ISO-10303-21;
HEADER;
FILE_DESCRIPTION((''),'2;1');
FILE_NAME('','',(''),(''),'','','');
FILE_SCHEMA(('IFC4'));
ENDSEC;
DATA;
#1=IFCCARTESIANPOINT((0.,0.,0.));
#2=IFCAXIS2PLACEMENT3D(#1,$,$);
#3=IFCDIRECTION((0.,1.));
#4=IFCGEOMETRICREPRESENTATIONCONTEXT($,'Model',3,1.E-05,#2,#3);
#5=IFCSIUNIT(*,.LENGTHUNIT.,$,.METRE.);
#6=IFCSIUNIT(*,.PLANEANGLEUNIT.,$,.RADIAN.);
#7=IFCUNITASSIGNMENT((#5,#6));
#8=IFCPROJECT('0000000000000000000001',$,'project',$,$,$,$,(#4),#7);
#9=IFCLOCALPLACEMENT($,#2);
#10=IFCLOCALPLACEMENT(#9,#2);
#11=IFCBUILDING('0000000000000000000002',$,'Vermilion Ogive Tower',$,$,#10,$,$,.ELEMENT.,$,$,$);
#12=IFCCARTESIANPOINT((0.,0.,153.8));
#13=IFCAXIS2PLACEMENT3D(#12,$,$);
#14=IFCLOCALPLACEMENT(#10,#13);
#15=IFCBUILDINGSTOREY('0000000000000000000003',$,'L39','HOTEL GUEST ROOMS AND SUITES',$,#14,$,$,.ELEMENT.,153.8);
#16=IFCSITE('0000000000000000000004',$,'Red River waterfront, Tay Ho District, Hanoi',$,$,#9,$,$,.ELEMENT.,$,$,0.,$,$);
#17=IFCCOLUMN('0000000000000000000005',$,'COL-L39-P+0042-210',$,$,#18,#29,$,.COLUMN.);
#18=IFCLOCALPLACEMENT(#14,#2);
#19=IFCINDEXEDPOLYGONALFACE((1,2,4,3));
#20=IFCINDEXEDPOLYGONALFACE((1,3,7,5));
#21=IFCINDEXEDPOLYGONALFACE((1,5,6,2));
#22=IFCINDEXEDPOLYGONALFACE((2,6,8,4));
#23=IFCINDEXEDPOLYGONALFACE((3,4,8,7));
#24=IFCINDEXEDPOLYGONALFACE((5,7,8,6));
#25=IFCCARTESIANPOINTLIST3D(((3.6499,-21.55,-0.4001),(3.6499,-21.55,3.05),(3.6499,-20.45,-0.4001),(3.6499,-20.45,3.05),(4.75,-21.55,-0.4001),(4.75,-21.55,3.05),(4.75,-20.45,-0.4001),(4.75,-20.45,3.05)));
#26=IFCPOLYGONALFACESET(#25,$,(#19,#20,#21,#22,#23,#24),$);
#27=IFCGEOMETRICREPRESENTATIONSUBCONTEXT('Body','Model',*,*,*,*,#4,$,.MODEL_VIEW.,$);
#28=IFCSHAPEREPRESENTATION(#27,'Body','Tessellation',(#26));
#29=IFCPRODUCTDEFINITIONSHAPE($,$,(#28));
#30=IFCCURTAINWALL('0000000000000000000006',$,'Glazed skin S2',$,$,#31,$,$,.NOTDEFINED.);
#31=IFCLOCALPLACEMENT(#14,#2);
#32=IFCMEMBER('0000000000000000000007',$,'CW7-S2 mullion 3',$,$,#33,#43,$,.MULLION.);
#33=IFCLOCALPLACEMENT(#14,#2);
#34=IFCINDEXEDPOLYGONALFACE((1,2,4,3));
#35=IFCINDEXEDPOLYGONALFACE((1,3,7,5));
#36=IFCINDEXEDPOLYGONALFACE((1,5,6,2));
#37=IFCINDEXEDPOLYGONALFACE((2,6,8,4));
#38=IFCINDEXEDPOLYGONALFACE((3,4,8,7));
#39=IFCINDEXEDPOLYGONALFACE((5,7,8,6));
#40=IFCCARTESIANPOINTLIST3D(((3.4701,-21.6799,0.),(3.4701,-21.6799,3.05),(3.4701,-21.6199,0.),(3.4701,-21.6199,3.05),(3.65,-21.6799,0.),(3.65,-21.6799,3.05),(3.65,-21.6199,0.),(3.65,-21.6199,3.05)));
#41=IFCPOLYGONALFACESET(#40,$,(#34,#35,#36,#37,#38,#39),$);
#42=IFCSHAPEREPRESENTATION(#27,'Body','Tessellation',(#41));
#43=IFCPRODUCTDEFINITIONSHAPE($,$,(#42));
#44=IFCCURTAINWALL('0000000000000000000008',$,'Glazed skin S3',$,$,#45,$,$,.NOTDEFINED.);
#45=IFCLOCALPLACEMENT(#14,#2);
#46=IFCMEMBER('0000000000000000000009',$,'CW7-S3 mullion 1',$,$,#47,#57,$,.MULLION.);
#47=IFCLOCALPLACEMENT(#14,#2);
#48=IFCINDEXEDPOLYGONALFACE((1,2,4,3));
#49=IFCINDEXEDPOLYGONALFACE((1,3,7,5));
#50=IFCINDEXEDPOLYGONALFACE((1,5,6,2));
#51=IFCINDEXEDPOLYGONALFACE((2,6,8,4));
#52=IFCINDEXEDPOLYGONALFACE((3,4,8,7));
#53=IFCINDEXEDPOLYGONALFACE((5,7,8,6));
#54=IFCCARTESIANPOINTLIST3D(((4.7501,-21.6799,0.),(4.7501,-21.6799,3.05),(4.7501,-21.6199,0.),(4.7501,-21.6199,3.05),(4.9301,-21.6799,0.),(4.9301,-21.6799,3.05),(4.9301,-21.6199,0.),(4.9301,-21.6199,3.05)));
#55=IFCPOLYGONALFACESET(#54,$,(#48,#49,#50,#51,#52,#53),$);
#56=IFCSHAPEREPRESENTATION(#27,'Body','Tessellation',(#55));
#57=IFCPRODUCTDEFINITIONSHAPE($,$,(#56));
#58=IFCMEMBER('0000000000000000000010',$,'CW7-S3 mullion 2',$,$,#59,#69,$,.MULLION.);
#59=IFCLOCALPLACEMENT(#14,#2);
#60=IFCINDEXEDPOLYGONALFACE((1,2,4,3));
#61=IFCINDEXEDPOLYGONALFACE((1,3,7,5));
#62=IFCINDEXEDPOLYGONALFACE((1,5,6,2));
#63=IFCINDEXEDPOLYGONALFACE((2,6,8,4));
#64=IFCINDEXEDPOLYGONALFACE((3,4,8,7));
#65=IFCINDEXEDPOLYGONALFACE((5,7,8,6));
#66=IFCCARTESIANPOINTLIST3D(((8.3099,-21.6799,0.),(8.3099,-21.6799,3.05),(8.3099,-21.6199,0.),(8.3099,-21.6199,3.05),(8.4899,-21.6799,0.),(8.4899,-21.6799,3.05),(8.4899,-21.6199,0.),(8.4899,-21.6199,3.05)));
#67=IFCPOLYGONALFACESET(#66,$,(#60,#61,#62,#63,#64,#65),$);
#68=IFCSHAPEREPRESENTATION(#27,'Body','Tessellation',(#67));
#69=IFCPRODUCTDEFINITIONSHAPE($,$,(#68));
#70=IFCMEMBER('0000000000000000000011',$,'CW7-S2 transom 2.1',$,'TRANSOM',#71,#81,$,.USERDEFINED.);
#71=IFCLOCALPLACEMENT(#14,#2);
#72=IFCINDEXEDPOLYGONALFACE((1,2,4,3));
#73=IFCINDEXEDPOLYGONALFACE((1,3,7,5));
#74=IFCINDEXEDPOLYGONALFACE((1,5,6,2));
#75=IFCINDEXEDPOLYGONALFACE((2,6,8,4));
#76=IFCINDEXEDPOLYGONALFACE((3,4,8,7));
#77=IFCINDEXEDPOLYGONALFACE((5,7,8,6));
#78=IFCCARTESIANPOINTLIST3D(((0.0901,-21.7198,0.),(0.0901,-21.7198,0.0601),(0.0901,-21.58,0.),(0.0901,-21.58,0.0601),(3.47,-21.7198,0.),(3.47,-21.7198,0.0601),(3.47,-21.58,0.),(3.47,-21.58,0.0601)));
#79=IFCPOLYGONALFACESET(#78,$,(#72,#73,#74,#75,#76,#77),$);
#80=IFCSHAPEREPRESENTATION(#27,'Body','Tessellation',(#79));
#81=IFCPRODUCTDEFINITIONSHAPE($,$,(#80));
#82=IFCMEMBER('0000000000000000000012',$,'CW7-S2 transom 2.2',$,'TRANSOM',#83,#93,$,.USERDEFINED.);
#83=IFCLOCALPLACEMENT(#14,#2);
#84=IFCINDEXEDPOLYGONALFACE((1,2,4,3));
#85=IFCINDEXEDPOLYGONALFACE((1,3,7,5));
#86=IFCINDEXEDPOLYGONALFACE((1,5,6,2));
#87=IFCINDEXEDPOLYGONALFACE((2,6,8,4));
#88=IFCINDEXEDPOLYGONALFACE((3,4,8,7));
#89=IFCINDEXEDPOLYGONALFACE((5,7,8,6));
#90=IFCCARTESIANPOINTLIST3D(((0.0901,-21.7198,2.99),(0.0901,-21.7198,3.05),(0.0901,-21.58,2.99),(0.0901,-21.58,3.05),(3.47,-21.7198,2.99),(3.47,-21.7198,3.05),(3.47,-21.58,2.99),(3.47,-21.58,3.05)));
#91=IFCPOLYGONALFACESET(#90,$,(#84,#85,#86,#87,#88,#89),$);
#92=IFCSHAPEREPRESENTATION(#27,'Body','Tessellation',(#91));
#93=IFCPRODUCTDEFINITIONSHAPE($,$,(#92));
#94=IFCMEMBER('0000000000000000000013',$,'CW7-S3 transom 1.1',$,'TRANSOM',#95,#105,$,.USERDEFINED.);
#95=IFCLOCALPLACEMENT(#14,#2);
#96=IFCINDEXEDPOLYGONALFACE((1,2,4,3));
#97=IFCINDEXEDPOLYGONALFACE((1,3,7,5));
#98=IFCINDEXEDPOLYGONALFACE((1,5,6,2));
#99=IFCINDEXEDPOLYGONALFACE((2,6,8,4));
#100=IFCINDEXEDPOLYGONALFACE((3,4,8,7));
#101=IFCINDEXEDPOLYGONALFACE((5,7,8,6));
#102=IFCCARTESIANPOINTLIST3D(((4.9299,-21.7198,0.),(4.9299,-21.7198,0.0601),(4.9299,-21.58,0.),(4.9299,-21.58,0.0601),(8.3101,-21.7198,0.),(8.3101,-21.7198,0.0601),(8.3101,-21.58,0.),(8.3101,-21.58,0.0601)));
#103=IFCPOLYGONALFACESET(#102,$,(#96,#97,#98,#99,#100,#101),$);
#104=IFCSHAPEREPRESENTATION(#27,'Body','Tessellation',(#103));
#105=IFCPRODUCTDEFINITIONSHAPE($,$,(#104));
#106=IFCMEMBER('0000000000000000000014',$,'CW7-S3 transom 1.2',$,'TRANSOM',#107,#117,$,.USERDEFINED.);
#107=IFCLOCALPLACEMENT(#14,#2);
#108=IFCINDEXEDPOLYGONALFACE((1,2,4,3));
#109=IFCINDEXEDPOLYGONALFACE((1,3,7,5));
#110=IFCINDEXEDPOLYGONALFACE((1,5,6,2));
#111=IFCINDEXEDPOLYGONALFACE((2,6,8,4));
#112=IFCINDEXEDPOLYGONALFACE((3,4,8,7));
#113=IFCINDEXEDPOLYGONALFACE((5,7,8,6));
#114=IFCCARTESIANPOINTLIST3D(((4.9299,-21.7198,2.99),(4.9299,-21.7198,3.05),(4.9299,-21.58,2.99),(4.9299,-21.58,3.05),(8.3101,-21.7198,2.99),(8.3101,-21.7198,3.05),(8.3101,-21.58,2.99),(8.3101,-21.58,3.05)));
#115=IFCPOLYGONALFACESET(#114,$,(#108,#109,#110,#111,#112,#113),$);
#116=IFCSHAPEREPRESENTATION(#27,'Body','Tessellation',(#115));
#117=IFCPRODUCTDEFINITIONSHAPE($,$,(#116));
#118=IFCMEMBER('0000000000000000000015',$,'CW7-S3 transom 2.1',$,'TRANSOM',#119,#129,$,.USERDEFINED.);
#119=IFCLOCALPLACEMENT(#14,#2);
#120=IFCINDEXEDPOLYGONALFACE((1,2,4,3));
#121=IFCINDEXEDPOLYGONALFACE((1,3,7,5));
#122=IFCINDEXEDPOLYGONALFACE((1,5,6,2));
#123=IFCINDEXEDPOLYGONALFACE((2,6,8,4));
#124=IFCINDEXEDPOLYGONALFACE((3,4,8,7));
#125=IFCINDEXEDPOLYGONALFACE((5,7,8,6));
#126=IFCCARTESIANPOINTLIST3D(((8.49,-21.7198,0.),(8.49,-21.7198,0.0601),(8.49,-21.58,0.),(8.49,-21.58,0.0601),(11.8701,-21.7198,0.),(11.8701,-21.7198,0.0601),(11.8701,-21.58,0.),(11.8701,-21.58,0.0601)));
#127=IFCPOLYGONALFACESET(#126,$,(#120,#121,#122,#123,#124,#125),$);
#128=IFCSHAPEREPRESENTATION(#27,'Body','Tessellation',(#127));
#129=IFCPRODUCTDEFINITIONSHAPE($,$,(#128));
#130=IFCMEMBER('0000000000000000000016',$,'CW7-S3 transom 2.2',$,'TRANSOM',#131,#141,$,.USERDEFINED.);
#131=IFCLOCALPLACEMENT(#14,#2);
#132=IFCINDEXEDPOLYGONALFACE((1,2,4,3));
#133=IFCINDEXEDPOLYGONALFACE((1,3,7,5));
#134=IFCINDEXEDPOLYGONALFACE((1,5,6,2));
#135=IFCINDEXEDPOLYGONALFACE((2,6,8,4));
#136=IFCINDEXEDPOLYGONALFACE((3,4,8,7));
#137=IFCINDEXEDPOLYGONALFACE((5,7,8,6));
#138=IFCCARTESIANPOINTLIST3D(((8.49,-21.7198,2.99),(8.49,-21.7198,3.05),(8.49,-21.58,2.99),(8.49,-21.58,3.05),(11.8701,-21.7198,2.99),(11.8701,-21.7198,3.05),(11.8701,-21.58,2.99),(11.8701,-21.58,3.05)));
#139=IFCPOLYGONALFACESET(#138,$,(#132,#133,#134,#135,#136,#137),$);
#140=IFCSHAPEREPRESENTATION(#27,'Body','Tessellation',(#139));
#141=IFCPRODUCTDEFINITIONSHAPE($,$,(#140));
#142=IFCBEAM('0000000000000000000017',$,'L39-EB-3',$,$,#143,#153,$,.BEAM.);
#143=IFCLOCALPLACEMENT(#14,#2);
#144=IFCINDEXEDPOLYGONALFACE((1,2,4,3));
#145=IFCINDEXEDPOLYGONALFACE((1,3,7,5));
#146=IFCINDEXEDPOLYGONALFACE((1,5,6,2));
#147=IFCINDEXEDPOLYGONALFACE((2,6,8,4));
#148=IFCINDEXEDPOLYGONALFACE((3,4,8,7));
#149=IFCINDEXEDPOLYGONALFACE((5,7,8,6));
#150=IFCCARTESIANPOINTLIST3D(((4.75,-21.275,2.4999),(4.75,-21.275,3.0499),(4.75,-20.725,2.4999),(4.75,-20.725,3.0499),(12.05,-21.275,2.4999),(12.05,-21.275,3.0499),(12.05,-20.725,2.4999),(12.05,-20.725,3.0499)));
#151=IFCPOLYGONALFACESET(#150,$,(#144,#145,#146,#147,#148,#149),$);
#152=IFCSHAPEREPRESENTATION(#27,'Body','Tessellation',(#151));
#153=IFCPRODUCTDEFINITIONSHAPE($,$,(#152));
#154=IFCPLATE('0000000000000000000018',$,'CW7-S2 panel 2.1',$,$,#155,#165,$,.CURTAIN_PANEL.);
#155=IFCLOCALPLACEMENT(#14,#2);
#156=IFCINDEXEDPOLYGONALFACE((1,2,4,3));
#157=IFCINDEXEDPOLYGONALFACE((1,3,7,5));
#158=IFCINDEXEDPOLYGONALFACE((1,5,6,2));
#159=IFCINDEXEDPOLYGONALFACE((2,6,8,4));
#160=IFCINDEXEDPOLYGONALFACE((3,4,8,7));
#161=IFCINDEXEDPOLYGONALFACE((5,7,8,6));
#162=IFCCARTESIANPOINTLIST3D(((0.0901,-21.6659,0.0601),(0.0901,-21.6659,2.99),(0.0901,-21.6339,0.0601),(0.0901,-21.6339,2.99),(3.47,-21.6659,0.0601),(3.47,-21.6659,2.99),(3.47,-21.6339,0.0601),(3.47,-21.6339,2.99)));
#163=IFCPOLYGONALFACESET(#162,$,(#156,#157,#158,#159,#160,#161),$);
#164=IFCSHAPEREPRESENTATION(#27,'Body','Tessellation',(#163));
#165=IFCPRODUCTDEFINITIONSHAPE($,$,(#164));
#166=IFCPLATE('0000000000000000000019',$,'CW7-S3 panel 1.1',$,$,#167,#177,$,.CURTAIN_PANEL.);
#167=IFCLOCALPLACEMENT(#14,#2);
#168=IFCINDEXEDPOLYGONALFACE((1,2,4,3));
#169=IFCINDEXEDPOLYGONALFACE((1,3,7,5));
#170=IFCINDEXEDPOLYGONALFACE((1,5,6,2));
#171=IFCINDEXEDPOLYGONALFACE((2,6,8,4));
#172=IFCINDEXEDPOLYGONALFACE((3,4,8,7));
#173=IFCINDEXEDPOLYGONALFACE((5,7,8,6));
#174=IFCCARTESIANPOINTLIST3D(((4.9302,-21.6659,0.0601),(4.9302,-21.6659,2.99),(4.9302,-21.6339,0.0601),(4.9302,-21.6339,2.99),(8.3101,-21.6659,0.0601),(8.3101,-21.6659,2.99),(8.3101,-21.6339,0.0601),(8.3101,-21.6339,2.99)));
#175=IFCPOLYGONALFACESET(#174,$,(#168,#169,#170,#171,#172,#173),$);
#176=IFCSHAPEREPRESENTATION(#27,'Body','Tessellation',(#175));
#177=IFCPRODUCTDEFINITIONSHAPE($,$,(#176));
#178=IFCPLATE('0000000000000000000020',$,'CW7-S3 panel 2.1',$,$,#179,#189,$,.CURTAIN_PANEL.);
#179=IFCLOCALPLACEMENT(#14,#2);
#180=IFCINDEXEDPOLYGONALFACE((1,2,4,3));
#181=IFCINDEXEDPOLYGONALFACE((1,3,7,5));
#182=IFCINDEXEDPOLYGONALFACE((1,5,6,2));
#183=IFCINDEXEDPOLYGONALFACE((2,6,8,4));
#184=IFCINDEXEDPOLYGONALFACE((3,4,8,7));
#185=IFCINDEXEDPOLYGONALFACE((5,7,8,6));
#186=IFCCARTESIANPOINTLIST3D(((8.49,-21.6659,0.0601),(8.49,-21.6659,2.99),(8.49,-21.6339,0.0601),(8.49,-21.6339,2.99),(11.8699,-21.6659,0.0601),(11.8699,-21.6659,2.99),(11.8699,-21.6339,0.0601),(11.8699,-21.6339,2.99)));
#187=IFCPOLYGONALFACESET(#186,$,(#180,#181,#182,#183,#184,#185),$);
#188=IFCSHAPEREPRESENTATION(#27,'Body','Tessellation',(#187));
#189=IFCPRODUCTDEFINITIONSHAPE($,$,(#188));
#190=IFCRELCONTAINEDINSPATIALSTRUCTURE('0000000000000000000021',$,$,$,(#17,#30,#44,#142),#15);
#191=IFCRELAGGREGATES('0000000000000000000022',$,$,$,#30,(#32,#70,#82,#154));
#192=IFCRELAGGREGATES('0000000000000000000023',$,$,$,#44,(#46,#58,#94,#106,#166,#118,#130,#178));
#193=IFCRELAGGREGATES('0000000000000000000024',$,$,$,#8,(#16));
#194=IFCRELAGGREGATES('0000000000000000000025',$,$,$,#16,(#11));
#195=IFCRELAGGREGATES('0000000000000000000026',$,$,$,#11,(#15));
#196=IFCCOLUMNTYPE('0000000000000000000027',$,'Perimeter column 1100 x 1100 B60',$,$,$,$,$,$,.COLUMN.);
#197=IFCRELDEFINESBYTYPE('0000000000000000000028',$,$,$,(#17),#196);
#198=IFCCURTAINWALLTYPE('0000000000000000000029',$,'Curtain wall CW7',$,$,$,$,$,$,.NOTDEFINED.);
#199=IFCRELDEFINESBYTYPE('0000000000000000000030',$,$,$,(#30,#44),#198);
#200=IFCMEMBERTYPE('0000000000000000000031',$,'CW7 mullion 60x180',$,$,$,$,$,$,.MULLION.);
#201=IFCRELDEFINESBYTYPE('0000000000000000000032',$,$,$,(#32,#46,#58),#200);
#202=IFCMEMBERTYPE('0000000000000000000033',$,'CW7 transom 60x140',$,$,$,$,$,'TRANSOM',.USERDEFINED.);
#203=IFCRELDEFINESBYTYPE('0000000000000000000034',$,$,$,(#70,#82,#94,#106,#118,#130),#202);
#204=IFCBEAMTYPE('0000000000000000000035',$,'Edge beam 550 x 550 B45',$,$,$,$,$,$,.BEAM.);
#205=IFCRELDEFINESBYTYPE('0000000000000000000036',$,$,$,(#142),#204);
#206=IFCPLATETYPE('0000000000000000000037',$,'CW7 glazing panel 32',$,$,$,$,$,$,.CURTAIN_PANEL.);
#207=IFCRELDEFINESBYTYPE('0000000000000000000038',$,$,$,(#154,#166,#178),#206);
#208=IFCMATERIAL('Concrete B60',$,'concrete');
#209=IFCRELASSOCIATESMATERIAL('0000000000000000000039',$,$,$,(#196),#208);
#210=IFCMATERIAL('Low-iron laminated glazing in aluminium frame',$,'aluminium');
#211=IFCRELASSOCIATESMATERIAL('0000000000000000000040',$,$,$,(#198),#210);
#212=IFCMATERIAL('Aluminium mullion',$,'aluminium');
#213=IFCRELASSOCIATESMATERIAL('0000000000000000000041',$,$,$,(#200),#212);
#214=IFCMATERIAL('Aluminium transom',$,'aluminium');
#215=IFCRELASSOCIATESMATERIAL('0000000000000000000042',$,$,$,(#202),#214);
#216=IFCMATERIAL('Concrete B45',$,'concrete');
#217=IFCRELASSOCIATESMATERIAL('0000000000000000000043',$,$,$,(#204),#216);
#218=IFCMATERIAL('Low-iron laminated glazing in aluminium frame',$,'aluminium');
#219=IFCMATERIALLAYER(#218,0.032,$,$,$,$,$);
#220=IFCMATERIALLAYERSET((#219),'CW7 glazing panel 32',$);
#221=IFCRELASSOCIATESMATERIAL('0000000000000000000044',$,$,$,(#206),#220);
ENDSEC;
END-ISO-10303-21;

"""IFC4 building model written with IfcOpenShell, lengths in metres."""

from ifc_helpers import new_model, si_unit, direction, frame, origin, origin_2d, place, context, subcontext, project, spatial, rectangle, extrude, material, layer, layer_set, material_profile, profile_set, type_object, element, aggregate, save


model = new_model("IFC4")

# Units and contexts
model_context = context("Model", 3, precision=1e-05, world=origin(), true_north=direction((0.0, 1.0)))
body_context = subcontext(model_context, "Body", "Model", "MODEL_VIEW")
ifc_project = project(units=[si_unit("LENGTHUNIT", "METRE"), si_unit("PLANEANGLEUNIT", "RADIAN")], contexts=[model_context])

# Site, building, storey
site_placement = place(None, origin())
site = spatial("IfcSite", under=ifc_project, at=site_placement, Name="Red River waterfront, Tay Ho District, Hanoi", CompositionType="ELEMENT", RefElevation=0.0)
building_placement = place(site_placement, origin())
building = spatial("IfcBuilding", under=site, at=building_placement, Name="Vermilion Ogive Tower", CompositionType="ELEMENT")
storey_placement = place(building_placement, frame((0.0, 0.0, 153.8)))
storey = spatial("IfcBuildingStorey", under=building, at=storey_placement, Name="L39", Description="HOTEL GUEST ROOMS AND SUITES", CompositionType="ELEMENT", Elevation=153.8)

# Column
ifc_material_1 = material(Name="Concrete B60", Category="concrete")
ifc_material_profile_1 = material_profile(ifc_material_1, rectangle(XDim=1.1001, YDim=1.1001, at=origin_2d()), Name="1100 x 1100")
ifc_profile_set_1 = profile_set([ifc_material_profile_1], Name="Concrete B60")
column_type = type_object("IfcColumnType", Name="Perimeter column 1100 x 1100 B60", PredefinedType="COLUMN", material=ifc_profile_set_1)
column_placement = place(storey_placement, frame((4.2, -21.0, -0.4001), z_axis=(0.0, 0.0, 1.0), x_axis=(1.0, 0.0, 0.0)))
element("IfcColumn", 1, at=column_placement, inside=storey, type_object=column_type, Name="COL-L39-P+0042-210", PredefinedType="COLUMN", context=body_context, shape_type="SweptSolid", body=[
    extrude(rectangle(XDim=1.1001, YDim=1.1001, at=origin_2d()), origin(), (0.0, 0.0, 1.0), 3.4502),
])

# Curtain wall, member
ifc_material_2 = material(Name="Low-iron laminated glazing in aluminium frame", Category="aluminium")
curtain_wall_type = type_object("IfcCurtainWallType", Name="Curtain wall CW7", PredefinedType="NOTDEFINED", material=ifc_material_2)
curtain_wall_1_placement = place(storey_placement, origin())
curtain_wall_1 = element("IfcCurtainWall", 2, at=curtain_wall_1_placement, inside=storey, type_object=curtain_wall_type, Name="Glazed skin S2", PredefinedType="NOTDEFINED")
ifc_material_3 = material(Name="Aluminium mullion", Category="aluminium")
ifc_material_profile_2 = material_profile(ifc_material_3, rectangle(XDim=0.0601, YDim=0.1799, at=origin_2d()), Name="AL 60x180")
ifc_profile_set_2 = profile_set([ifc_material_profile_2], Name="Aluminium mullion")
member_type_1 = type_object("IfcMemberType", Name="CW7 mullion 60x180", PredefinedType="MULLION", material=ifc_profile_set_2)
member_1_placement = place(storey_placement, frame((3.5601, -21.6499, 0.0), z_axis=(0.0, 0.0, 1.0), x_axis=(0.0, 1.0, 0.0)))
member_1 = element("IfcMember", 3, at=member_1_placement, type_object=member_type_1, Name="CW7-S2 mullion 3", PredefinedType="MULLION", context=body_context, shape_type="SweptSolid", body=[
    extrude(rectangle(XDim=0.0601, YDim=0.1799, at=origin_2d()), origin(), (0.0, 0.0, 1.0), 3.05),
])

# Curtain wall, members
curtain_wall_2_placement = place(storey_placement, origin())
curtain_wall_2 = element("IfcCurtainWall", 4, at=curtain_wall_2_placement, inside=storey, type_object=curtain_wall_type, Name="Glazed skin S3", PredefinedType="NOTDEFINED")
member_2_placement = place(storey_placement, frame((4.8401, -21.6499, 0.0), z_axis=(0.0, 0.0, 1.0), x_axis=(0.0, 1.0, 0.0)))
member_2 = element("IfcMember", 5, at=member_2_placement, type_object=member_type_1, Name="CW7-S3 mullion 1", PredefinedType="MULLION", context=body_context, shape_type="SweptSolid", body=[
    extrude(rectangle(XDim=0.0601, YDim=0.1799, at=origin_2d()), origin(), (0.0, 0.0, 1.0), 3.05),
])
member_3_placement = place(storey_placement, frame((8.3999, -21.6499, 0.0), z_axis=(0.0, 0.0, 1.0), x_axis=(0.0, 1.0, 0.0)))
member_3 = element("IfcMember", 6, at=member_3_placement, type_object=member_type_1, Name="CW7-S3 mullion 2", PredefinedType="MULLION", context=body_context, shape_type="SweptSolid", body=[
    extrude(rectangle(XDim=0.0601, YDim=0.1799, at=origin_2d()), origin(), (0.0, 0.0, 1.0), 3.05),
])

# Members
ifc_material_4 = material(Name="Aluminium transom", Category="aluminium")
ifc_material_profile_3 = material_profile(ifc_material_4, rectangle(XDim=0.1399, YDim=0.0601, at=origin_2d()), Name="AL 60x140")
ifc_profile_set_3 = profile_set([ifc_material_profile_3], Name="Aluminium transom")
member_type_2 = type_object("IfcMemberType", Name="CW7 transom 60x140", ElementType="TRANSOM", PredefinedType="USERDEFINED", material=ifc_profile_set_3)
member_4_placement = place(storey_placement, frame((0.0901, -21.6499, 0.03), z_axis=(1.0, 0.0, 0.0), x_axis=(0.0, 1.0, 0.0)))
member_4 = element("IfcMember", 7, at=member_4_placement, type_object=member_type_2, Name="CW7-S2 transom 2.1", ObjectType="TRANSOM", PredefinedType="USERDEFINED", context=body_context, shape_type="SweptSolid", body=[
    extrude(rectangle(XDim=0.1399, YDim=0.0601, at=origin_2d()), origin(), (0.0, 0.0, 1.0), 3.3799),
])
member_5_placement = place(storey_placement, frame((0.0901, -21.6499, 3.02), z_axis=(1.0, 0.0, 0.0), x_axis=(0.0, 1.0, 0.0)))
member_5 = element("IfcMember", 8, at=member_5_placement, type_object=member_type_2, Name="CW7-S2 transom 2.2", ObjectType="TRANSOM", PredefinedType="USERDEFINED", context=body_context, shape_type="SweptSolid", body=[
    extrude(rectangle(XDim=0.1399, YDim=0.0601, at=origin_2d()), origin(), (0.0, 0.0, 1.0), 3.3799),
])
member_6_placement = place(storey_placement, frame((4.9299, -21.6499, 0.03), z_axis=(1.0, 0.0, 0.0), x_axis=(0.0, 1.0, 0.0)))
member_6 = element("IfcMember", 9, at=member_6_placement, type_object=member_type_2, Name="CW7-S3 transom 1.1", ObjectType="TRANSOM", PredefinedType="USERDEFINED", context=body_context, shape_type="SweptSolid", body=[
    extrude(rectangle(XDim=0.1399, YDim=0.0601, at=origin_2d()), origin(), (0.0, 0.0, 1.0), 3.3801),
])
member_7_placement = place(storey_placement, frame((4.9299, -21.6499, 3.02), z_axis=(1.0, 0.0, 0.0), x_axis=(0.0, 1.0, 0.0)))
member_7 = element("IfcMember", 10, at=member_7_placement, type_object=member_type_2, Name="CW7-S3 transom 1.2", ObjectType="TRANSOM", PredefinedType="USERDEFINED", context=body_context, shape_type="SweptSolid", body=[
    extrude(rectangle(XDim=0.1399, YDim=0.0601, at=origin_2d()), origin(), (0.0, 0.0, 1.0), 3.3801),
])
member_8_placement = place(storey_placement, frame((8.49, -21.6499, 0.03), z_axis=(1.0, 0.0, 0.0), x_axis=(0.0, 1.0, 0.0)))
member_8 = element("IfcMember", 11, at=member_8_placement, type_object=member_type_2, Name="CW7-S3 transom 2.1", ObjectType="TRANSOM", PredefinedType="USERDEFINED", context=body_context, shape_type="SweptSolid", body=[
    extrude(rectangle(XDim=0.1399, YDim=0.0601, at=origin_2d()), origin(), (0.0, 0.0, 1.0), 3.3801),
])
member_9_placement = place(storey_placement, frame((8.49, -21.6499, 3.02), z_axis=(1.0, 0.0, 0.0), x_axis=(0.0, 1.0, 0.0)))
member_9 = element("IfcMember", 12, at=member_9_placement, type_object=member_type_2, Name="CW7-S3 transom 2.2", ObjectType="TRANSOM", PredefinedType="USERDEFINED", context=body_context, shape_type="SweptSolid", body=[
    extrude(rectangle(XDim=0.1399, YDim=0.0601, at=origin_2d()), origin(), (0.0, 0.0, 1.0), 3.3801),
])

# Beam
ifc_material_5 = material(Name="Concrete B45", Category="concrete")
ifc_material_profile_4 = material_profile(ifc_material_5, rectangle(XDim=0.55, YDim=0.55, at=origin_2d()), Name="550 x 550")
ifc_profile_set_4 = profile_set([ifc_material_profile_4], Name="Concrete B45")
beam_type = type_object("IfcBeamType", Name="Edge beam 550 x 550 B45", PredefinedType="BEAM", material=ifc_profile_set_4)
beam_placement = place(storey_placement, frame((4.75, -21.0, 2.7749), z_axis=(1.0, 0.0, 0.0), x_axis=(0.0, 1.0, 0.0)))
element("IfcBeam", 13, at=beam_placement, inside=storey, type_object=beam_type, Name="L39-EB-3", PredefinedType="BEAM", context=body_context, shape_type="SweptSolid", body=[
    extrude(rectangle(XDim=0.55, YDim=0.55, at=origin_2d()), origin(), (0.0, 0.0, 1.0), 7.3),
])

# Plates
ifc_material_6 = material(Name="Low-iron laminated glazing in aluminium frame", Category="aluminium")
ifc_layer_1 = layer(ifc_material_6, 0.032)
ifc_layer_set_1 = layer_set([ifc_layer_1], Name="CW7 glazing panel 32")
plate_type = type_object("IfcPlateType", Name="CW7 glazing panel 32", PredefinedType="CURTAIN_PANEL", material=ifc_layer_set_1)
plate_1_placement = place(storey_placement, frame((1.78, -21.6499, 0.0601), z_axis=(0.0, 0.0, 1.0), x_axis=(1.0, 0.0, 0.0)))
plate_1 = element("IfcPlate", 14, at=plate_1_placement, type_object=plate_type, Name="CW7-S2 panel 2.1", PredefinedType="CURTAIN_PANEL", context=body_context, shape_type="SweptSolid", body=[
    extrude(rectangle(XDim=3.3799, YDim=0.032, at=origin_2d()), origin(), (0.0, 0.0, 1.0), 2.9299),
])
aggregate(curtain_wall_1, [member_1, member_4, member_5, plate_1])
plate_2_placement = place(storey_placement, frame((6.6201, -21.6499, 0.0601), z_axis=(0.0, 0.0, 1.0), x_axis=(1.0, 0.0, 0.0)))
plate_2 = element("IfcPlate", 15, at=plate_2_placement, type_object=plate_type, Name="CW7-S3 panel 1.1", PredefinedType="CURTAIN_PANEL", context=body_context, shape_type="SweptSolid", body=[
    extrude(rectangle(XDim=3.3799, YDim=0.032, at=origin_2d()), origin(), (0.0, 0.0, 1.0), 2.9299),
])
plate_3_placement = place(storey_placement, frame((10.1799, -21.6499, 0.0601), z_axis=(0.0, 0.0, 1.0), x_axis=(1.0, 0.0, 0.0)))
plate_3 = element("IfcPlate", 16, at=plate_3_placement, type_object=plate_type, Name="CW7-S3 panel 2.1", PredefinedType="CURTAIN_PANEL", context=body_context, shape_type="SweptSolid", body=[
    extrude(rectangle(XDim=3.3799, YDim=0.032, at=origin_2d()), origin(), (0.0, 0.0, 1.0), 2.9299),
])
aggregate(curtain_wall_2, [member_2, member_3, member_6, member_7, plate_2, member_8, member_9, plate_3])

save(model, "model.ifc")
